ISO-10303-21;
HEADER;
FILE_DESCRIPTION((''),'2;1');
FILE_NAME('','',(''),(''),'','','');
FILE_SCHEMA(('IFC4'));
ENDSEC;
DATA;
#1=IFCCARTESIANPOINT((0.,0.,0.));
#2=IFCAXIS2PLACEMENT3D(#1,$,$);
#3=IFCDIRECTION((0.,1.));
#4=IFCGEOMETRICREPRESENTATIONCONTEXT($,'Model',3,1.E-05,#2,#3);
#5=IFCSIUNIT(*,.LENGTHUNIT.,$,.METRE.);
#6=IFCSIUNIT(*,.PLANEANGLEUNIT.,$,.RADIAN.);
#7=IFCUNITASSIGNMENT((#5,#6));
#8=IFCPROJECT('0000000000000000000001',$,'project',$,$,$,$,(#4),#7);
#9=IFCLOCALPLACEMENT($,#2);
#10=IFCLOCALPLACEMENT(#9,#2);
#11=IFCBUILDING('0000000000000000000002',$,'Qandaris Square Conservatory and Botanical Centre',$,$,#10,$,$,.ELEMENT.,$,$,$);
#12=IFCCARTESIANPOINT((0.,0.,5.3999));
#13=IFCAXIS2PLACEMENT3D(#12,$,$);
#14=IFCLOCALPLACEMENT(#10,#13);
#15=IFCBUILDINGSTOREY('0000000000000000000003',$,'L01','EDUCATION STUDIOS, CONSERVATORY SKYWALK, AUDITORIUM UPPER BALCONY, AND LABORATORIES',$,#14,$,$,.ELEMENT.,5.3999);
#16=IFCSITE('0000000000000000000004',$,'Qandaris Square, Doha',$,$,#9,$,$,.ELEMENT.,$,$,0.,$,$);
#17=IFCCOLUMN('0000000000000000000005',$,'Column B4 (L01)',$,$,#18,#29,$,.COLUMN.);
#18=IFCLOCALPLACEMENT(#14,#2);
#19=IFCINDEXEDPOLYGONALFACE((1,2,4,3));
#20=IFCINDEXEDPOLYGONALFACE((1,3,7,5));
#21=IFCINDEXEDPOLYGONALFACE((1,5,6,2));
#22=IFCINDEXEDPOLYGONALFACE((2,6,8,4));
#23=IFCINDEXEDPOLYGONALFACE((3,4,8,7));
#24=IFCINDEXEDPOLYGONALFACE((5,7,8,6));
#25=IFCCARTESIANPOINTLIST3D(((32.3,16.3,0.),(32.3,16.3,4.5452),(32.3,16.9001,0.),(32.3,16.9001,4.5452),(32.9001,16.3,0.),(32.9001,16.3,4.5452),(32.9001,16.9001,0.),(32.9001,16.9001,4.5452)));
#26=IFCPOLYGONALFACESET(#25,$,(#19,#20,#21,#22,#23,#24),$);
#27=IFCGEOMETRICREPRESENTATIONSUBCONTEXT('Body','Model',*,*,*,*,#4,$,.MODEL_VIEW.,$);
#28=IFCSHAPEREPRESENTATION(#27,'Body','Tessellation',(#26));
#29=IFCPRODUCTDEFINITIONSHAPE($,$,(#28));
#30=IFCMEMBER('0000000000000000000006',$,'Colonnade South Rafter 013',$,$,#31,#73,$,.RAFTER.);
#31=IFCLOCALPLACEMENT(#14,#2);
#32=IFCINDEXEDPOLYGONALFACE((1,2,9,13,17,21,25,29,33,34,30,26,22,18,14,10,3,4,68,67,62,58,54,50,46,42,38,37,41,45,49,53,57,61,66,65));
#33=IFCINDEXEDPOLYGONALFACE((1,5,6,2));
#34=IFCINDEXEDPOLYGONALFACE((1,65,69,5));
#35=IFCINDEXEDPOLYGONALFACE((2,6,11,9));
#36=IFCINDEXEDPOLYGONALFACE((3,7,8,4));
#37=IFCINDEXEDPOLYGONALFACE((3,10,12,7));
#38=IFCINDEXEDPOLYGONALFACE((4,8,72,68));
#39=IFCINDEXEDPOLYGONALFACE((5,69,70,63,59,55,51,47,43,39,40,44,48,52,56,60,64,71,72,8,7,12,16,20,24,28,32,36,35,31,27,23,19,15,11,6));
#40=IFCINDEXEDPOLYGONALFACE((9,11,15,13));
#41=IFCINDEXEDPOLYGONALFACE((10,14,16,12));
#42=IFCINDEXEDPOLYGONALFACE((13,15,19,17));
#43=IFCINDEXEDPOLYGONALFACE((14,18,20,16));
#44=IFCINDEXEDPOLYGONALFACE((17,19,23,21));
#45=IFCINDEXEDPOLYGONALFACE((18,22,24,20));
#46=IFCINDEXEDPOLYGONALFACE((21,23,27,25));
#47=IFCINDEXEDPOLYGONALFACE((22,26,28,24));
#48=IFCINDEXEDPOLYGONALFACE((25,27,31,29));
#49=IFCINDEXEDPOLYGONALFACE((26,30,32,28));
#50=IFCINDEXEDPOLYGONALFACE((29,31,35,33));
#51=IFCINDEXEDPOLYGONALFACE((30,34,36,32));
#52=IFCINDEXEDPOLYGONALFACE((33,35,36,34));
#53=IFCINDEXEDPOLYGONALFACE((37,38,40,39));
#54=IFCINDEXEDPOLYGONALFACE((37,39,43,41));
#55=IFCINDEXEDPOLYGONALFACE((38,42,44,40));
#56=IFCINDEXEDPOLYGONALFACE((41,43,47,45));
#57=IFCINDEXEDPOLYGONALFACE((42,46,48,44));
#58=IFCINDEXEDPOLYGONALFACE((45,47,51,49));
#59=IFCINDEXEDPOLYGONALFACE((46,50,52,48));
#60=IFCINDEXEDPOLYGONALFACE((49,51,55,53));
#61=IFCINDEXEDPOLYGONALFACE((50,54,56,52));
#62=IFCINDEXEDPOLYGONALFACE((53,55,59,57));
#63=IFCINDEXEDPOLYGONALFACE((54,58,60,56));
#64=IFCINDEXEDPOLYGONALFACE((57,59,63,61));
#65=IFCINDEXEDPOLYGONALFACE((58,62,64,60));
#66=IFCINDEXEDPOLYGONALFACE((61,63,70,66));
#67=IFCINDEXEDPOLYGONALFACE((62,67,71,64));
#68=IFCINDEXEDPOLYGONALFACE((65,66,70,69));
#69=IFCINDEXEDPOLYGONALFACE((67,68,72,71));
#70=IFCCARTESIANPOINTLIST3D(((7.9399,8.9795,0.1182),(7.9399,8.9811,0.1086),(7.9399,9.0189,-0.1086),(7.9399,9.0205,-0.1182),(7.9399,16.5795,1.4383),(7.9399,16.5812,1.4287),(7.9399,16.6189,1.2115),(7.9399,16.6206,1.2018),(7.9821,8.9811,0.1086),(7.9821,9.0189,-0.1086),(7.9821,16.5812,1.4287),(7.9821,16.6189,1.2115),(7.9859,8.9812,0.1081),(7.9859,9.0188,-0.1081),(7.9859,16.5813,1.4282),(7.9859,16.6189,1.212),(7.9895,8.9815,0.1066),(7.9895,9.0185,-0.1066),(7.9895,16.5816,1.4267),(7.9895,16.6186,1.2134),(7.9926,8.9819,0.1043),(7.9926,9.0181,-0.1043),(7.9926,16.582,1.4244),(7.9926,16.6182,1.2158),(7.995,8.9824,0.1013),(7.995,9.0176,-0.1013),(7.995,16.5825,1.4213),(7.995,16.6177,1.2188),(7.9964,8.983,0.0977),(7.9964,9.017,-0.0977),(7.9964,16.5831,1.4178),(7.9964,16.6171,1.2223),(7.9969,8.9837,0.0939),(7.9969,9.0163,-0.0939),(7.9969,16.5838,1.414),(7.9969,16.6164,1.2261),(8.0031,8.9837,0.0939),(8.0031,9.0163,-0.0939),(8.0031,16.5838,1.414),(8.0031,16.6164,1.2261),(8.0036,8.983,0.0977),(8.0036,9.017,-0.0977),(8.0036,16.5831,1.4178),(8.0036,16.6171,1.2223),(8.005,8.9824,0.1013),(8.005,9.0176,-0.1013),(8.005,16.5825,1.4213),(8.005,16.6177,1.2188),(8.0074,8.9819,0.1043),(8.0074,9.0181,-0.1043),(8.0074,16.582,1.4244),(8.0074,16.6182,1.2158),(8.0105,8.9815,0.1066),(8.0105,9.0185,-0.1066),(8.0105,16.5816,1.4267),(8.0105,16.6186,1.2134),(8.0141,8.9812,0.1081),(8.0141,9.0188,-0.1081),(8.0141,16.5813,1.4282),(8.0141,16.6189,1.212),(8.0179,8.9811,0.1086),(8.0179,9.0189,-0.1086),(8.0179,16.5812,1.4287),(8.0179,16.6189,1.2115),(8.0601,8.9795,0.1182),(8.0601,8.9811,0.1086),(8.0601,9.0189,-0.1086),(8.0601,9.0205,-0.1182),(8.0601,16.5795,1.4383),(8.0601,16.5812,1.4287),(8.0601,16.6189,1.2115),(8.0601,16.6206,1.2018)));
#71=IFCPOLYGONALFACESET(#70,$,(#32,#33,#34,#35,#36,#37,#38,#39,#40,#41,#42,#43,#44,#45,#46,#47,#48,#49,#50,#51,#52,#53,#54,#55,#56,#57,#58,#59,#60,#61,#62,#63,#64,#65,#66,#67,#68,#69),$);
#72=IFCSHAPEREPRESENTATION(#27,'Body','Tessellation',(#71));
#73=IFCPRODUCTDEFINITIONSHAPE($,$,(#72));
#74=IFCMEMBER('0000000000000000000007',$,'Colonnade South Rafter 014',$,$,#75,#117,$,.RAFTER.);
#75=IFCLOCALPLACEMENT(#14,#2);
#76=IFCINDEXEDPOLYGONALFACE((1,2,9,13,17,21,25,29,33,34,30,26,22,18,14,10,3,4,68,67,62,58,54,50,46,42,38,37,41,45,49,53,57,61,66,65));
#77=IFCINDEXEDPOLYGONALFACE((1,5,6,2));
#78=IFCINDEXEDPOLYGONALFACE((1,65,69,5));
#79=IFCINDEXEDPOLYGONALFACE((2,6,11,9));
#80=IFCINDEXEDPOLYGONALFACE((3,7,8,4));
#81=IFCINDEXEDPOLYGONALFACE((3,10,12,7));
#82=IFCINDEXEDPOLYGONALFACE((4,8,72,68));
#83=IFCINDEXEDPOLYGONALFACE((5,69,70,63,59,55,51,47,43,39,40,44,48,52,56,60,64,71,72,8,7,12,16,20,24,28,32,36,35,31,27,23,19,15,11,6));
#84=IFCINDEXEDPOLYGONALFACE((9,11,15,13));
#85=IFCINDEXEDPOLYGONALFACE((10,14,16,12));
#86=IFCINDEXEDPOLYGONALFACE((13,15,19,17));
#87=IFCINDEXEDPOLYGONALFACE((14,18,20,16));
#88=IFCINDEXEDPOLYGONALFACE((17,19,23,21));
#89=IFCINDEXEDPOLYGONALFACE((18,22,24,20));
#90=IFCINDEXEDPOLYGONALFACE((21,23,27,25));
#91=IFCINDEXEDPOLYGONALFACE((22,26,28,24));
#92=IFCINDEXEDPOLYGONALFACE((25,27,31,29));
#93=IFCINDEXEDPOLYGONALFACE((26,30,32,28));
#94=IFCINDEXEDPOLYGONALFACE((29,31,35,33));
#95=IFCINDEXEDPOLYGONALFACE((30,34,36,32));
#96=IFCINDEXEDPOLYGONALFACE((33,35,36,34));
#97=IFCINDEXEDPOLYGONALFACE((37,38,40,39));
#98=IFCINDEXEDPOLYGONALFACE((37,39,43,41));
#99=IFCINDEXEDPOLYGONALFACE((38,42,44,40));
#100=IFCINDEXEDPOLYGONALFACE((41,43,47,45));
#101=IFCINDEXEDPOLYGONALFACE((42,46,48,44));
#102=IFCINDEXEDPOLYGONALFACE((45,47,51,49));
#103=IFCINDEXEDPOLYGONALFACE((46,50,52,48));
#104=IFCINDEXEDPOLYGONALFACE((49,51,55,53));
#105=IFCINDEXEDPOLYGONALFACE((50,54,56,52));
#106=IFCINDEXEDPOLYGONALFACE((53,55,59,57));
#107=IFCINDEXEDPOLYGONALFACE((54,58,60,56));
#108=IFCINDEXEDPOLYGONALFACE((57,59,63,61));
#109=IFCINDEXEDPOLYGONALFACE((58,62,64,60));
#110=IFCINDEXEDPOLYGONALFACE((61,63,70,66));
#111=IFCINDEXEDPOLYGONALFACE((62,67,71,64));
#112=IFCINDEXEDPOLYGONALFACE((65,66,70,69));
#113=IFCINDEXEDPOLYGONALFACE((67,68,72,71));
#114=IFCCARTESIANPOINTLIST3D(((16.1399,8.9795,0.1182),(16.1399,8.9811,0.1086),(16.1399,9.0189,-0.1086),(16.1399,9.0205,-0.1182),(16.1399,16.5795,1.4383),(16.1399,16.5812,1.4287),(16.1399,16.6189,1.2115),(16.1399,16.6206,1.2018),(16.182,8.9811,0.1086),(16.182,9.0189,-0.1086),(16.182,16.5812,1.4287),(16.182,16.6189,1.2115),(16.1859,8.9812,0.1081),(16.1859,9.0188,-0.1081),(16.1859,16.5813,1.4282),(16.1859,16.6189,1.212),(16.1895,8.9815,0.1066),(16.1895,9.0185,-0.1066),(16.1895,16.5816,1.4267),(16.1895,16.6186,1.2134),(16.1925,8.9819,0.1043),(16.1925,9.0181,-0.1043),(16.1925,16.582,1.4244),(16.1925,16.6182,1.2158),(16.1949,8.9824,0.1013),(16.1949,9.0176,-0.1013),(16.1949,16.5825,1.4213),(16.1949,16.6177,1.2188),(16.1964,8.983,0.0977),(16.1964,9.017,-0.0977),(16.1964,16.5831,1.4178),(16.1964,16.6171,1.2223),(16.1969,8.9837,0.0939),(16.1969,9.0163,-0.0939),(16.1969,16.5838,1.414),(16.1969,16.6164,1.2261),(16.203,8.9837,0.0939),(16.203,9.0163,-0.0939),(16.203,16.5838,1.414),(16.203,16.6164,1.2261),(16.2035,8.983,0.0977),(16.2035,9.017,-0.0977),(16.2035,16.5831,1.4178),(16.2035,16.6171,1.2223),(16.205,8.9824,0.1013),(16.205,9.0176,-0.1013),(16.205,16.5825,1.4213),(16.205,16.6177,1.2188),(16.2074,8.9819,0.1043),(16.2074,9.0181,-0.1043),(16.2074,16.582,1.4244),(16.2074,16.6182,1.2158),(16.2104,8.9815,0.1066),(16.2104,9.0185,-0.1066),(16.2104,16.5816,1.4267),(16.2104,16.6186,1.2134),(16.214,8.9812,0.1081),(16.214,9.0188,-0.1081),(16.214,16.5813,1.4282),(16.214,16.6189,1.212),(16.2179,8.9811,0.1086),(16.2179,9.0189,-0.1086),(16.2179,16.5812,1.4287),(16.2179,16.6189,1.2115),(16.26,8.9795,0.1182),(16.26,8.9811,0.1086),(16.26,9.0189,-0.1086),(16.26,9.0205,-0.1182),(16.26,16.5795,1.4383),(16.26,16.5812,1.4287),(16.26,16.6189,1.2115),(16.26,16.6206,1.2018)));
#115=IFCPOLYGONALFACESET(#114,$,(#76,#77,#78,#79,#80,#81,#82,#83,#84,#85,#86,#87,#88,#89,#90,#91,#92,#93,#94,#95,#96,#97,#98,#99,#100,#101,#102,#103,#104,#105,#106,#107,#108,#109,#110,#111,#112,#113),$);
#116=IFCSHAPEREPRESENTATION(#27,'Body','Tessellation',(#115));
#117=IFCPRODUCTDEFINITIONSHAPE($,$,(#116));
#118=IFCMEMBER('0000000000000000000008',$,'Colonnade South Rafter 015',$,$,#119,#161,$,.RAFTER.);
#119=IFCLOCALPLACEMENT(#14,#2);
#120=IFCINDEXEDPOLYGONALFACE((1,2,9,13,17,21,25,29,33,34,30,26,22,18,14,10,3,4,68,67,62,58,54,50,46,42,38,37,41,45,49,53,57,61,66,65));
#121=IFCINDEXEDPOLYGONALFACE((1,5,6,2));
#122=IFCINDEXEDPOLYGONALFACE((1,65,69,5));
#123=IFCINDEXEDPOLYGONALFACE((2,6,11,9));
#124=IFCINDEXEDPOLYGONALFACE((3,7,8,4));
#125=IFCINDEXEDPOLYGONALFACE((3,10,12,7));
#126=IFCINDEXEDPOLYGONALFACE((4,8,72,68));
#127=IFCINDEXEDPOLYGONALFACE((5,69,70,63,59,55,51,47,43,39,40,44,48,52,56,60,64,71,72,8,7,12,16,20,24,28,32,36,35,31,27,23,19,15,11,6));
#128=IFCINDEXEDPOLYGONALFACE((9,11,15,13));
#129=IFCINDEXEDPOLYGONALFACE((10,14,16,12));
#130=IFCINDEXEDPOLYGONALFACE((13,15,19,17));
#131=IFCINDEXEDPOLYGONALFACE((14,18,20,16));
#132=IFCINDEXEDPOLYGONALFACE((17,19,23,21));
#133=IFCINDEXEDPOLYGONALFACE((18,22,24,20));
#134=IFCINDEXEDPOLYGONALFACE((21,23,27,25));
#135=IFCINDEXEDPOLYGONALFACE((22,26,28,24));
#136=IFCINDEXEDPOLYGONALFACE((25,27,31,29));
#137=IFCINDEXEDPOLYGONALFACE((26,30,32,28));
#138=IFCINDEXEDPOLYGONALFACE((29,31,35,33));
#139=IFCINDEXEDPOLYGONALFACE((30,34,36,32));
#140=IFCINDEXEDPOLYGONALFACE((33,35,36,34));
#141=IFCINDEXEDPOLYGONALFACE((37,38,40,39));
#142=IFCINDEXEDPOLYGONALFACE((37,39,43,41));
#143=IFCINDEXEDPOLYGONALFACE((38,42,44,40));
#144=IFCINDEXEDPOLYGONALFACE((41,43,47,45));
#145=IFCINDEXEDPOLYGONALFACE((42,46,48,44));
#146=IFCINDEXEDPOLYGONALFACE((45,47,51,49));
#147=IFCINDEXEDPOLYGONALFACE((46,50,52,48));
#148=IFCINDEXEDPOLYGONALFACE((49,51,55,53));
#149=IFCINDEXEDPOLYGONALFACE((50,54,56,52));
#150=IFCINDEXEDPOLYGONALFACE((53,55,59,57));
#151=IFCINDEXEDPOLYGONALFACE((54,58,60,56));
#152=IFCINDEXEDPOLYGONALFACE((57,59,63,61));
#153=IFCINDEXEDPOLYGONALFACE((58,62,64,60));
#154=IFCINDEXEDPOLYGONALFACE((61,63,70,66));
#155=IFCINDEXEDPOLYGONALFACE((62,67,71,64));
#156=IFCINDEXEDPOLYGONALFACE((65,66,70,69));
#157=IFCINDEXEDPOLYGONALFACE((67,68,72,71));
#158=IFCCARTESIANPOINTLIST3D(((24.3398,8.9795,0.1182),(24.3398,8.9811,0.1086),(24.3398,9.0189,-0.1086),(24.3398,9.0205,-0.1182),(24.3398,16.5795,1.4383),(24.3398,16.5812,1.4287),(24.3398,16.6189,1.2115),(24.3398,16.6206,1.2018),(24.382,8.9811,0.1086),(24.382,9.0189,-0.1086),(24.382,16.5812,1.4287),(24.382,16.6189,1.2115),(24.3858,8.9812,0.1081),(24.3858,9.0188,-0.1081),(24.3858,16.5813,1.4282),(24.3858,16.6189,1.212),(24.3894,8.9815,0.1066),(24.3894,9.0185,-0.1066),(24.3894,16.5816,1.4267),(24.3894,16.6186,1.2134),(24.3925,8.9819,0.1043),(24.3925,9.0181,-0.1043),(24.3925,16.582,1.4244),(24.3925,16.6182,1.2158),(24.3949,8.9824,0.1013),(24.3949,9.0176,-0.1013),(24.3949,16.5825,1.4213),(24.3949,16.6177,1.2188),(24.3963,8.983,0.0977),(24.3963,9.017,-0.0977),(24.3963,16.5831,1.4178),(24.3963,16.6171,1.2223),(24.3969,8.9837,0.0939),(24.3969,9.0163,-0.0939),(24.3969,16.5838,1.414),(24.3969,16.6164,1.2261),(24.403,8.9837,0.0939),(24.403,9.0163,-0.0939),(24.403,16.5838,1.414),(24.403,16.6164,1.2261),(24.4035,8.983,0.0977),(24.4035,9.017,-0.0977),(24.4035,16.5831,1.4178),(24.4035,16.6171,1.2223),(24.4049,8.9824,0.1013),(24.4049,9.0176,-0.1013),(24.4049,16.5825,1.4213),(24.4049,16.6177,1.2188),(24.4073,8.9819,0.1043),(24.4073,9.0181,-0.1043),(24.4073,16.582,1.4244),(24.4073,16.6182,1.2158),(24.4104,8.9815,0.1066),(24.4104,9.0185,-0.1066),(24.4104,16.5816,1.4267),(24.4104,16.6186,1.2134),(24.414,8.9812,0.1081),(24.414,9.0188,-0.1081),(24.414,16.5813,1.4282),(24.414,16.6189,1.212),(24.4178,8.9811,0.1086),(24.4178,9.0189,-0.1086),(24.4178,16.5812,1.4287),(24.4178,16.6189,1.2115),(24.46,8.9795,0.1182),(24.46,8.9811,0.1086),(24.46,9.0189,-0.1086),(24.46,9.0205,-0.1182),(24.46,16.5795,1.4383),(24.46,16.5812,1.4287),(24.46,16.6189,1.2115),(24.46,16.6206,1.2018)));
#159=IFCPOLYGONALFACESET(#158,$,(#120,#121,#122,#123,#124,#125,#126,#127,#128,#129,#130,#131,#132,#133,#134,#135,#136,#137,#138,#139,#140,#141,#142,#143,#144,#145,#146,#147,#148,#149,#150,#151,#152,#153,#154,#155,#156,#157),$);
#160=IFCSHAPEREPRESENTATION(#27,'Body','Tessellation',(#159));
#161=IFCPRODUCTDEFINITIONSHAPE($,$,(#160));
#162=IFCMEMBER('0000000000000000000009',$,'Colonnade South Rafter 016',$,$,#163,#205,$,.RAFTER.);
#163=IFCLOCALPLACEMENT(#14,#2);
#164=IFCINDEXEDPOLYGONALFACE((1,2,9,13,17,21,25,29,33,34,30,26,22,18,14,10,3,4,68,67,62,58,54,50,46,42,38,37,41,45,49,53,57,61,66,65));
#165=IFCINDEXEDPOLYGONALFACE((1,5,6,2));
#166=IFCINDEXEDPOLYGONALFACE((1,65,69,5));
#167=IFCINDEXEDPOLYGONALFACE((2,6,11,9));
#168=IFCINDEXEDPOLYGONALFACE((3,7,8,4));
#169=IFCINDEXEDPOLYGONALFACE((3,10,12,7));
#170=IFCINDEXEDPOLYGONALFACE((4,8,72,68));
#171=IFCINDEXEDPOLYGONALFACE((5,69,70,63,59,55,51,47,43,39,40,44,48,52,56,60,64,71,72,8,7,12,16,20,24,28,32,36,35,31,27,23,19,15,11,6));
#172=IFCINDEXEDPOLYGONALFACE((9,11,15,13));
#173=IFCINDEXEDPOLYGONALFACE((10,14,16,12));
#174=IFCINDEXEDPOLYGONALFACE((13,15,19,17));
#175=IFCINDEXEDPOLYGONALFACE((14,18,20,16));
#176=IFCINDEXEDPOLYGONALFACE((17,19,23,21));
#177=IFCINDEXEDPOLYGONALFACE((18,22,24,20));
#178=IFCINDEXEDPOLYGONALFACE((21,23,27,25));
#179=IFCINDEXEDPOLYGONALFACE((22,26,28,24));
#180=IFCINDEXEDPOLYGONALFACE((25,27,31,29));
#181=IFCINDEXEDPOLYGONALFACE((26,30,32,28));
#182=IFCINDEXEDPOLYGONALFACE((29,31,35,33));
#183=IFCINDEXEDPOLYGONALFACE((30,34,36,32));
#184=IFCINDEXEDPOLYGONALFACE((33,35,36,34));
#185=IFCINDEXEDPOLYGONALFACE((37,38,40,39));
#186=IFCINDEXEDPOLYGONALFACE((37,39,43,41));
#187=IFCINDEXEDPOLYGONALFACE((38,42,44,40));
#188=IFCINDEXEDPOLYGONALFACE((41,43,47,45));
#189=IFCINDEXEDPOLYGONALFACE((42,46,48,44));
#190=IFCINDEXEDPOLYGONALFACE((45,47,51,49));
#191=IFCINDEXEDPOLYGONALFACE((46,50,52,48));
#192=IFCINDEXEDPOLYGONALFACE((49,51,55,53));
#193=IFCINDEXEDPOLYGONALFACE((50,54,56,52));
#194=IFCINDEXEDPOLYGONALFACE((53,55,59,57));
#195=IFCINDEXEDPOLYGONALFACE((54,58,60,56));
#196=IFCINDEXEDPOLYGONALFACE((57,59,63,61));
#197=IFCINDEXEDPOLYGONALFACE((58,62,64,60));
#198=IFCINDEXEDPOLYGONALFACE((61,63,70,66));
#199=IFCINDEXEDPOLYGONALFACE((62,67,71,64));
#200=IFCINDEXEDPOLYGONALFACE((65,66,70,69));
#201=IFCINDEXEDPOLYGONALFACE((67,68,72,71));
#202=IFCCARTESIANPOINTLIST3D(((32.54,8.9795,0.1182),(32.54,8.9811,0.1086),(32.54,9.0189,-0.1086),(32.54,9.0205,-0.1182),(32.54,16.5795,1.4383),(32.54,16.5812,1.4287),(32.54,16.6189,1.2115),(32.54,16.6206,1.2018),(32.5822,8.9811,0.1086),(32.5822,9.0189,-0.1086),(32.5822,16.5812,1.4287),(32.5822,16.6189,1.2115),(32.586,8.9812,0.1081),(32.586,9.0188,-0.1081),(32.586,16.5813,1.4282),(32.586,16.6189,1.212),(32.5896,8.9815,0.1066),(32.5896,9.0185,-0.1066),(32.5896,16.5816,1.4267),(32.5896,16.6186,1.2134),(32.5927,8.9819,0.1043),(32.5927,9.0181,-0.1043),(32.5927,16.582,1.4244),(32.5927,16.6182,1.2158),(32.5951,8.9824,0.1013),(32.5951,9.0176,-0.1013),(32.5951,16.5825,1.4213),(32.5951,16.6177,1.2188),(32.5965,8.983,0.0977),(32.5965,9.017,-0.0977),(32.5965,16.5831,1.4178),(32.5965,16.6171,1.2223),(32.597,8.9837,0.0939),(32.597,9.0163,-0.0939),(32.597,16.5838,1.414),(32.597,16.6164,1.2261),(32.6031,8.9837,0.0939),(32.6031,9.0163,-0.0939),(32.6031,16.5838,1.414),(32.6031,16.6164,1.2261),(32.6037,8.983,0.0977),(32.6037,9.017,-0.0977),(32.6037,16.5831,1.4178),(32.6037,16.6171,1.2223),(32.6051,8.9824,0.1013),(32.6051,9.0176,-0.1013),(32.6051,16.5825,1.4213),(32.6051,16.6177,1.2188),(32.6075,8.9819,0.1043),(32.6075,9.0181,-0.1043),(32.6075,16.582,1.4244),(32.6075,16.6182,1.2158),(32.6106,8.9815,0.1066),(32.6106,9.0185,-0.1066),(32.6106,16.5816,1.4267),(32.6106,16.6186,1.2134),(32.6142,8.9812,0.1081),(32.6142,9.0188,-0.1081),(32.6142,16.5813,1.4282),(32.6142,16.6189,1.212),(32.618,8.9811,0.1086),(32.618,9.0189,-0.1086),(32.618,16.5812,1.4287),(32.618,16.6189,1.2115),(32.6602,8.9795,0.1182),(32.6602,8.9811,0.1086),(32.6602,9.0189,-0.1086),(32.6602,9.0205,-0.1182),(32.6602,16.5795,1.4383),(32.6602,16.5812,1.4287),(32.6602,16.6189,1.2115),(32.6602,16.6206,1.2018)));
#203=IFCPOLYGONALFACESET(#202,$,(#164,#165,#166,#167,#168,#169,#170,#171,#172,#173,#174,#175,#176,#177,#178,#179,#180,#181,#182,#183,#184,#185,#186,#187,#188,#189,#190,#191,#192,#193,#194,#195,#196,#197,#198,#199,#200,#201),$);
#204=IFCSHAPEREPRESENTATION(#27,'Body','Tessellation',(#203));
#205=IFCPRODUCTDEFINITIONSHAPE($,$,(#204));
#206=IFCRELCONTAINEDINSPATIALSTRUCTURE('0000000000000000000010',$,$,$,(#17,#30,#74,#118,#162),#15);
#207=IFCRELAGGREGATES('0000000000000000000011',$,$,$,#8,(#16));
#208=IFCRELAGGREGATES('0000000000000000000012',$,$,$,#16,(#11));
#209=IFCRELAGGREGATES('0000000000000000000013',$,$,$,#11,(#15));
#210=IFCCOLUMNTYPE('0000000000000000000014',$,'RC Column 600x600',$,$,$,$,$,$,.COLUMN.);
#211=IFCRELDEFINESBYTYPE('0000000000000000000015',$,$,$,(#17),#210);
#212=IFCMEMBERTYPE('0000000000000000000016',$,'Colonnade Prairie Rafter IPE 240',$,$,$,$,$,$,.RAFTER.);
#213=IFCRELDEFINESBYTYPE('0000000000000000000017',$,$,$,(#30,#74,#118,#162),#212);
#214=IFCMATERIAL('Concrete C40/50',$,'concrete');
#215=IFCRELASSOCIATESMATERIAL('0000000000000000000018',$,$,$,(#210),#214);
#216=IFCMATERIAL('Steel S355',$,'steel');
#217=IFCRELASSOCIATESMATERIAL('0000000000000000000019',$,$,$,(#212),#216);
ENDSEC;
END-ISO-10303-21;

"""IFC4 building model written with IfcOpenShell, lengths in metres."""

from ifc_helpers import new_model, si_unit, direction, frame, origin, origin_2d, place, context, subcontext, project, spatial, rectangle, i_section, extrude, material, material_profile, profile_set, type_object, element, save


model = new_model("IFC4")

# Units and contexts
model_context = context("Model", 3, precision=1e-05, world=origin(), true_north=direction((0.0, 1.0)))
body_context = subcontext(model_context, "Body", "Model", "MODEL_VIEW")
ifc_project = project(units=[si_unit("LENGTHUNIT", "METRE"), si_unit("PLANEANGLEUNIT", "RADIAN")], contexts=[model_context])

# Site, building, storey
site_placement = place(None, origin())
site = spatial("IfcSite", under=ifc_project, at=site_placement, Name="Qandaris Square, Doha", CompositionType="ELEMENT", RefElevation=0.0)
building_placement = place(site_placement, origin())
building = spatial("IfcBuilding", under=site, at=building_placement, Name="Qandaris Square Conservatory and Botanical Centre", CompositionType="ELEMENT")
storey_placement = place(building_placement, frame((0.0, 0.0, 5.3999)))
storey = spatial("IfcBuildingStorey", under=building, at=storey_placement, Name="L01", Description="EDUCATION STUDIOS, CONSERVATORY SKYWALK, AUDITORIUM UPPER BALCONY, AND LABORATORIES", CompositionType="ELEMENT", Elevation=5.3999)

# Column
ifc_material_1 = material(Name="Concrete C40/50", Category="concrete")
ifc_material_profile_1 = material_profile(ifc_material_1, rectangle(XDim=0.6001, YDim=0.6001, at=origin_2d()), Name="RC-COL 600x600")
ifc_profile_set_1 = profile_set([ifc_material_profile_1], Name="Concrete C40/50")
column_type = type_object("IfcColumnType", Name="RC Column 600x600", PredefinedType="COLUMN", material=ifc_profile_set_1)
column_placement = place(storey_placement, frame((32.6001, 16.6001, 0.0), z_axis=(0.0, 0.0, 1.0), x_axis=(1.0, 0.0, 0.0)))
element("IfcColumn", 1, at=column_placement, inside=storey, type_object=column_type, Name="Column B4 (L01)", PredefinedType="COLUMN", context=body_context, shape_type="SweptSolid", body=[
    extrude(rectangle(XDim=0.6001, YDim=0.6001, at=origin_2d()), origin(), (0.0, 0.0, 1.0), 4.5452),
])

# Members
ifc_material_2 = material(Name="Steel S355", Category="steel")
ifc_material_profile_2 = material_profile(ifc_material_2, i_section(OverallWidth=0.1201, OverallDepth=0.24, WebThickness=0.0061, FlangeThickness=0.0098, FilletRadius=0.0149, at=origin_2d()), Name="IPE 240")
ifc_profile_set_2 = profile_set([ifc_material_profile_2], Name="Steel S355")
member_type = type_object("IfcMemberType", Name="Colonnade Prairie Rafter IPE 240", PredefinedType="RAFTER", material=ifc_profile_set_2)
for number, where, z_axis, x_axis, name in (
    (2, (8.0, 9.0, 0.0), (0.0, 0.985249, 0.171129), (-1.0, 0.0, 0.0), "Colonnade South Rafter 013"),
    (3, (16.2, 9.0, 0.0), (0.0, 0.985249, 0.171129), (-1.0, 0.0, 0.0), "Colonnade South Rafter 014"),
    (4, (24.3999, 9.0, 0.0), (0.0, 0.985249, 0.171129), (-1.0, 0.0, 0.0), "Colonnade South Rafter 015"),
    (5, (32.6001, 9.0, 0.0), (0.0, 0.985249, 0.171129), (-1.0, 0.0, 0.0), "Colonnade South Rafter 016"),
):
    element("IfcMember", number, at=place(storey_placement, frame(where, z_axis=z_axis, x_axis=x_axis)), inside=storey, type_object=member_type, Name=name, PredefinedType="RAFTER", context=body_context, shape_type="SweptSolid", body=[
        extrude(i_section(OverallWidth=0.1201, OverallDepth=0.24, WebThickness=0.0061, FlangeThickness=0.0098, FilletRadius=0.0149, at=origin_2d()), origin(), (0.0, 0.0, 1.0), 7.7139),
    ])

save(model, "model.ifc")
